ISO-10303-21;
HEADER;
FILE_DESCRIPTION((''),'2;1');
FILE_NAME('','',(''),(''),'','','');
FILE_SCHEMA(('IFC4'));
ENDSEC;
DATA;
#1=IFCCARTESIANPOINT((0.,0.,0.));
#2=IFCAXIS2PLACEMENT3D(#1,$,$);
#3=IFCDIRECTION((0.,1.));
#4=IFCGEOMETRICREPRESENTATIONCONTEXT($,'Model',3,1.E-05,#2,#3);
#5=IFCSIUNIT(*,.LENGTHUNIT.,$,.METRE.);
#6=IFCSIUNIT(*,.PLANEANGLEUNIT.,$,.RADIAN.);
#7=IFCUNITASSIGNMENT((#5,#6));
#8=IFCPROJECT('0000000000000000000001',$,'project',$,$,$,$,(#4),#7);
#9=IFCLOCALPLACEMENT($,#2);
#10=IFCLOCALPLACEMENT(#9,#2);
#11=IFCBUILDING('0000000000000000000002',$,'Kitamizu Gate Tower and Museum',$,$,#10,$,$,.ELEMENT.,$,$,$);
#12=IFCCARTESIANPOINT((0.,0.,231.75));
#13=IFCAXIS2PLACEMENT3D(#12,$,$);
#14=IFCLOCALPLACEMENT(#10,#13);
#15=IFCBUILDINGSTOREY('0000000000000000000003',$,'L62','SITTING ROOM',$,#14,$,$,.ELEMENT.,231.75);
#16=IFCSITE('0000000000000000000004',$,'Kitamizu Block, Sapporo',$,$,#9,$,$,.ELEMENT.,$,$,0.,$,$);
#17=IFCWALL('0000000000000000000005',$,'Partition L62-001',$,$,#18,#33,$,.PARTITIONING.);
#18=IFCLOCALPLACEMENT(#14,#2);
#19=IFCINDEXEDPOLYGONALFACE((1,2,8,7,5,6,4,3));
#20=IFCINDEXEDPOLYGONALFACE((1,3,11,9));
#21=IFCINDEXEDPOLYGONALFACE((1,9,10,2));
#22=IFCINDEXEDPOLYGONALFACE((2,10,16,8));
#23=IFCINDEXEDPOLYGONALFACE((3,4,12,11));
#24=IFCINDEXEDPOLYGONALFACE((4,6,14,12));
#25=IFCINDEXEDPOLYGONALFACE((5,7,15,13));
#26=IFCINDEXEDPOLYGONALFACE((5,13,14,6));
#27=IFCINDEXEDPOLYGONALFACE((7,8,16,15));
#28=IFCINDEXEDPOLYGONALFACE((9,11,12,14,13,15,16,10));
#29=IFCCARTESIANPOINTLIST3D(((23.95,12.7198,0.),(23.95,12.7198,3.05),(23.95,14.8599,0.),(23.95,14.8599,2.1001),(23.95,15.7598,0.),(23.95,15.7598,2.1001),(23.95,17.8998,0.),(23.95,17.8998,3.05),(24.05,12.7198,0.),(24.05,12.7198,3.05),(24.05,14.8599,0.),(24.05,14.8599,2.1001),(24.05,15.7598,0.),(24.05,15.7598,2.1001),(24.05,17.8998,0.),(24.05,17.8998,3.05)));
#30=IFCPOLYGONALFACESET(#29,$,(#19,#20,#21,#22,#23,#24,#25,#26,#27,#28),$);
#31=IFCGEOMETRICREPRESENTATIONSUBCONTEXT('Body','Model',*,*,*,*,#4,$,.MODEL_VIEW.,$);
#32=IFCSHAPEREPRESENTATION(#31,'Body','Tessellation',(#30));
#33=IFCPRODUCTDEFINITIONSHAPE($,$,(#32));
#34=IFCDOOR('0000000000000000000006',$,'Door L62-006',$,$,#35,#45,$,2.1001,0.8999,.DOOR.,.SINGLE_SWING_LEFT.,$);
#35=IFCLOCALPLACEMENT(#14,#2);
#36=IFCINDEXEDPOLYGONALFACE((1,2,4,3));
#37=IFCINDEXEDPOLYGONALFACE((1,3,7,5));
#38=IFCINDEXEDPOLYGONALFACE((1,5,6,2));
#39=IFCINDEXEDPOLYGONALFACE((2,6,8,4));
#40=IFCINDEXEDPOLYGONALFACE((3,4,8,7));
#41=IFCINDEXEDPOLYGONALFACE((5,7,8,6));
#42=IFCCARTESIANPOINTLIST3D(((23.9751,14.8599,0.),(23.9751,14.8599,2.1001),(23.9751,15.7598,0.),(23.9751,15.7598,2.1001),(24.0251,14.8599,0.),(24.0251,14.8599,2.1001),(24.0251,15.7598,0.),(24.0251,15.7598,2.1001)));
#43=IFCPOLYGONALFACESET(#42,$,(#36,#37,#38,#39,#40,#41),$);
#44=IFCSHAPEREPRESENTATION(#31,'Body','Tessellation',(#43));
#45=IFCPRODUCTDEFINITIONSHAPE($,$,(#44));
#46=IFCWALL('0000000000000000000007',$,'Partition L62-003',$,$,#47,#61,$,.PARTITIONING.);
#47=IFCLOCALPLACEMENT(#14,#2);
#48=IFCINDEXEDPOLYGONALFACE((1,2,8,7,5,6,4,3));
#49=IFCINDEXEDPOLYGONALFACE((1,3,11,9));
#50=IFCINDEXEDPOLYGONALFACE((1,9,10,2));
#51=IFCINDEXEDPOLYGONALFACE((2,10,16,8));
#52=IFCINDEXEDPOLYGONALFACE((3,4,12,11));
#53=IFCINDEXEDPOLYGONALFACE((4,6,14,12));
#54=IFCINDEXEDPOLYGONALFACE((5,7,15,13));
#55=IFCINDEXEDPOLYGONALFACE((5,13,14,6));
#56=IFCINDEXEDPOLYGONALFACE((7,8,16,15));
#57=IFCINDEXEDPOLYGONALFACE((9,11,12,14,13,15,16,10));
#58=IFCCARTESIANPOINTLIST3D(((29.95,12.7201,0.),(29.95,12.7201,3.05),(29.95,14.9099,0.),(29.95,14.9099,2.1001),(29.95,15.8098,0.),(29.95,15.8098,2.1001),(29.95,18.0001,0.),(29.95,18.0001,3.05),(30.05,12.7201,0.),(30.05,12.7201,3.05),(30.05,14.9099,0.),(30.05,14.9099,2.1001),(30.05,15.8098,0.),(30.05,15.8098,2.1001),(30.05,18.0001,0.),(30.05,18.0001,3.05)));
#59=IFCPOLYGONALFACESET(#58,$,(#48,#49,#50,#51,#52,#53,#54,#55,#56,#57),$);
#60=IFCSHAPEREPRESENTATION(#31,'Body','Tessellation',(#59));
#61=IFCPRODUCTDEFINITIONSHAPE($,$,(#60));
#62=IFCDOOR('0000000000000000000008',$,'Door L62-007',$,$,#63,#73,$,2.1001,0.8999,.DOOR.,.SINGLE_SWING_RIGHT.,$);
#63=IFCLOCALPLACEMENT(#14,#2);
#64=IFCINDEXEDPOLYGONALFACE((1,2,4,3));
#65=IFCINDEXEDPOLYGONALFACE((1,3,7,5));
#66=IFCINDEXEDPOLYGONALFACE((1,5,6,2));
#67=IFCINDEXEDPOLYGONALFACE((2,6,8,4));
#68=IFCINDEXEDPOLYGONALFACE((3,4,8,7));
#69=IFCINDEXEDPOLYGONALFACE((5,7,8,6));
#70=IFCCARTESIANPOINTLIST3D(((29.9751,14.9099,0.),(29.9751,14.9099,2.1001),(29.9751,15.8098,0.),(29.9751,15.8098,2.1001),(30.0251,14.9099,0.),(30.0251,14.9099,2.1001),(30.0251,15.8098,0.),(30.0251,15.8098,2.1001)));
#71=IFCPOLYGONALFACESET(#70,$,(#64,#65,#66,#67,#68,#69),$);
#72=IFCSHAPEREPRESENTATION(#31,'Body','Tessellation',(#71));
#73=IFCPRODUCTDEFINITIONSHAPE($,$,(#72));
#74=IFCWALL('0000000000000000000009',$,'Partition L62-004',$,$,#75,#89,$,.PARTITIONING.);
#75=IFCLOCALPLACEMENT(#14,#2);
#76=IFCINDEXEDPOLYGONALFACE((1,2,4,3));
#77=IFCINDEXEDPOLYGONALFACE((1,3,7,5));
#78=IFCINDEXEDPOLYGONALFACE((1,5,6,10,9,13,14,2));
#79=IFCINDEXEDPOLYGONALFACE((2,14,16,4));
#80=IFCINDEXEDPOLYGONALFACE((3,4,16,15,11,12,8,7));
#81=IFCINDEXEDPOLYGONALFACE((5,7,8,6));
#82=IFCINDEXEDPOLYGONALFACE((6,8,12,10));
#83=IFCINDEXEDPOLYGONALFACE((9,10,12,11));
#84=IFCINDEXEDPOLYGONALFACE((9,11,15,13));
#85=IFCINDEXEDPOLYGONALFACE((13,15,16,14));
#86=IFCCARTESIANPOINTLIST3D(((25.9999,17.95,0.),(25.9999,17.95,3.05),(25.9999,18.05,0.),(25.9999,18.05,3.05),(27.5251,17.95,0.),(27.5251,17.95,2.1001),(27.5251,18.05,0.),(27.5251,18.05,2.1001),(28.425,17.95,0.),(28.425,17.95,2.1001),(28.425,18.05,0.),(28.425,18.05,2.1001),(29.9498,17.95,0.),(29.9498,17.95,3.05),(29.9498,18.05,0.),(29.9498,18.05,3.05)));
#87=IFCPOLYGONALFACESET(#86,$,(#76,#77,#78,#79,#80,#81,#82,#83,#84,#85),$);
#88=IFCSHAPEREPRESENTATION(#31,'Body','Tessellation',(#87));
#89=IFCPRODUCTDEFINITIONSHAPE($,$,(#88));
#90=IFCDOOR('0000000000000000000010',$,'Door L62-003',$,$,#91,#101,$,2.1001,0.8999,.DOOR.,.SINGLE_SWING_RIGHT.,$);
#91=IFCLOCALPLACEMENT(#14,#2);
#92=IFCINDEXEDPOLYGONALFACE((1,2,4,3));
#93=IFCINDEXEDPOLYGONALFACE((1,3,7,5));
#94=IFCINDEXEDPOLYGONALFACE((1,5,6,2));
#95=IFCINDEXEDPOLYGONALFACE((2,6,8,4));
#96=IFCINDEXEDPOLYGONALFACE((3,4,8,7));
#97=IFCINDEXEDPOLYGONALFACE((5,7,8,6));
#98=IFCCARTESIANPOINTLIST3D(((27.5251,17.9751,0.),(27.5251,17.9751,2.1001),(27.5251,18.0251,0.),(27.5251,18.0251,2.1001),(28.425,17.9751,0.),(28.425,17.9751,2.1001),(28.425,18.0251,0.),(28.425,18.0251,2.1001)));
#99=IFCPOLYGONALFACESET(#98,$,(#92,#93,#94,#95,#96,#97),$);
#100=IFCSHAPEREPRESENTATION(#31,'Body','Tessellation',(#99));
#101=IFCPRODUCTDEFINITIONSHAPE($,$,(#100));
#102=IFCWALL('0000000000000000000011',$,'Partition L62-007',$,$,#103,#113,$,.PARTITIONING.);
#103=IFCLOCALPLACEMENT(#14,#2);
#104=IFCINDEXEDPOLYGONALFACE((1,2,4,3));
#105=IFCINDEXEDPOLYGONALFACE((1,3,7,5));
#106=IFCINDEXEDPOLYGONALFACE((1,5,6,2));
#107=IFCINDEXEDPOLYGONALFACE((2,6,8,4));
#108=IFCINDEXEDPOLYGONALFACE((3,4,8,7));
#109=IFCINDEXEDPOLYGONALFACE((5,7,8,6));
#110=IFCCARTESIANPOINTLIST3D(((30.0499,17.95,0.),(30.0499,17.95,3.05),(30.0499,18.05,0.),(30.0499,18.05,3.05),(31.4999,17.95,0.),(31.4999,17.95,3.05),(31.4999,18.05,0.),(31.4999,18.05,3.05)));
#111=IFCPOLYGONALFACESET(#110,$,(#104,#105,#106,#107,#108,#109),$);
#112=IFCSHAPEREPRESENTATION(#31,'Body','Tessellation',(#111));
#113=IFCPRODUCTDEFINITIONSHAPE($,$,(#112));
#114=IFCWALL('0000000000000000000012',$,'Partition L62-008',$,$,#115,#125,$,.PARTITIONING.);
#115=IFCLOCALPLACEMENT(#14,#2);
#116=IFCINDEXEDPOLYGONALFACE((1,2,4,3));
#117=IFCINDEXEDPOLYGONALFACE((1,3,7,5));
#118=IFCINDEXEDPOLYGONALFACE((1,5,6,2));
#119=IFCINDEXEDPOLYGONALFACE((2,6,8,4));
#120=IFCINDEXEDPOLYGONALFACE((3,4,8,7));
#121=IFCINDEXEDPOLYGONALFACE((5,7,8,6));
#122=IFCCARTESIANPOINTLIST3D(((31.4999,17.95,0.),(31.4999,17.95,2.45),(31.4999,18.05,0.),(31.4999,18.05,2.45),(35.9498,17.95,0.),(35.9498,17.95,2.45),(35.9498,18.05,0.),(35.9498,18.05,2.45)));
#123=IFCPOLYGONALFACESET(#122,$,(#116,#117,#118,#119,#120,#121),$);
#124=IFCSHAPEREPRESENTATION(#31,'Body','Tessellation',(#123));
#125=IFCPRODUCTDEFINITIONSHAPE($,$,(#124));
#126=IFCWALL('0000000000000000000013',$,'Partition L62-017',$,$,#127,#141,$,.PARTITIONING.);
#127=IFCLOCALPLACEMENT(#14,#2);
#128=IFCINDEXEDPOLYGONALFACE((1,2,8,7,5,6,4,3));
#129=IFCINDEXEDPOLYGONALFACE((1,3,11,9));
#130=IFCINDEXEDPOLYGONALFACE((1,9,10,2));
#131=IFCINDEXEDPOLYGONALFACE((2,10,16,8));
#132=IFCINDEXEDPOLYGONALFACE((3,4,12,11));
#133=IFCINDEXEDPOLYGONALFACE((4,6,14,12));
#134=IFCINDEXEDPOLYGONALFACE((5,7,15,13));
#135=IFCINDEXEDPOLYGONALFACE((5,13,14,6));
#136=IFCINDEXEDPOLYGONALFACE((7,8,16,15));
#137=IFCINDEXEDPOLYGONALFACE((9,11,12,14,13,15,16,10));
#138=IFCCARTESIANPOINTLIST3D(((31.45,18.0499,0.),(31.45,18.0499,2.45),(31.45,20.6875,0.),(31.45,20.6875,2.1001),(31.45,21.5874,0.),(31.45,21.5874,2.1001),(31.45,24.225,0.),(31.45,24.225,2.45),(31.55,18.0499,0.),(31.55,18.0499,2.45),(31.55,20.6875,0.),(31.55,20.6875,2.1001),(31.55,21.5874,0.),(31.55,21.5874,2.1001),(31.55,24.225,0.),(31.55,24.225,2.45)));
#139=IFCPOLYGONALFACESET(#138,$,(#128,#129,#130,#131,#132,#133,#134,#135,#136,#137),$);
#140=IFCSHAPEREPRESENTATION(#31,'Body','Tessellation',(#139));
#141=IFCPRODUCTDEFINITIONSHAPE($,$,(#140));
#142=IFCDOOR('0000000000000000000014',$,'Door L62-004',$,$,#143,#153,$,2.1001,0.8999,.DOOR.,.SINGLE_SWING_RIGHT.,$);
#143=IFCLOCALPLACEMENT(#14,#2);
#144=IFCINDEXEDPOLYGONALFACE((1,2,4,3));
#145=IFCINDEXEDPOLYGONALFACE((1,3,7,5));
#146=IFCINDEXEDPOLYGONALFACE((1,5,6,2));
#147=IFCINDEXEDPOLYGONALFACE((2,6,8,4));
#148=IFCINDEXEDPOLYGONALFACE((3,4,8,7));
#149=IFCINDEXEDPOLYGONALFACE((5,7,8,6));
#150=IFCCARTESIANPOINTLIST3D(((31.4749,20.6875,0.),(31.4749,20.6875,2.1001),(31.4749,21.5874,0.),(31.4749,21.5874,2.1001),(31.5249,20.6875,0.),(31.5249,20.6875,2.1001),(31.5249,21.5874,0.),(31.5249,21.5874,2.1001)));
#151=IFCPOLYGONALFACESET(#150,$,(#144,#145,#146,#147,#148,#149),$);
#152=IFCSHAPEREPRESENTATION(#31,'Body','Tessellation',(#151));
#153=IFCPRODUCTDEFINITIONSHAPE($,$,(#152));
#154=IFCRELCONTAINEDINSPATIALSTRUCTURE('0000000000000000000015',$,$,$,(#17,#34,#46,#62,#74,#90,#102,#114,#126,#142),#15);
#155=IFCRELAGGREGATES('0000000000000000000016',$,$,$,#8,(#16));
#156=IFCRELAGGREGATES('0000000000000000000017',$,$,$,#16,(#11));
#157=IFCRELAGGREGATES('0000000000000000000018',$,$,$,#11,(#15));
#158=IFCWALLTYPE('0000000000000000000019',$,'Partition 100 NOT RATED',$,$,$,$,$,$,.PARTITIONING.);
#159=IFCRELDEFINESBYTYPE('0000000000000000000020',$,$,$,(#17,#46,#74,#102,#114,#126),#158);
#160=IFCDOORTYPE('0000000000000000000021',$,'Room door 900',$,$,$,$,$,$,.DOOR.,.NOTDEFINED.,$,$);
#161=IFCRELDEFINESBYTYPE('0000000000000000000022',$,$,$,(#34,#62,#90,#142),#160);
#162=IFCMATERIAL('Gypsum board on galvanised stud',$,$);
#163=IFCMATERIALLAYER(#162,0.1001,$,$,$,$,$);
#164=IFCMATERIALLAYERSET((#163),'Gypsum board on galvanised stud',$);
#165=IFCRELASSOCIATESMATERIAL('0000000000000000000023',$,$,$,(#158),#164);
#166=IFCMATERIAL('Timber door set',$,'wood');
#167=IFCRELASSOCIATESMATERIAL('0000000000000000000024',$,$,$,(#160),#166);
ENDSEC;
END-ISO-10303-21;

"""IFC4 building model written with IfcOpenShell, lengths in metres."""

from ifc_helpers import new_model, si_unit, direction, frame, frame_2d, origin, place, context, subcontext, project, spatial, rectangle, extrude, material, layer, layer_set, type_object, element, fill, save


model = new_model("IFC4")

# Units and contexts
model_context = context("Model", 3, precision=1e-05, world=origin(), true_north=direction((0.0, 1.0)))
body_context = subcontext(model_context, "Body", "Model", "MODEL_VIEW")
ifc_project = project(units=[si_unit("LENGTHUNIT", "METRE"), si_unit("PLANEANGLEUNIT", "RADIAN")], contexts=[model_context])

# Site, building, storey
site_placement = place(None, origin())
site = spatial("IfcSite", under=ifc_project, at=site_placement, Name="Kitamizu Block, Sapporo", CompositionType="ELEMENT", RefElevation=0.0)
building_placement = place(site_placement, origin())
building = spatial("IfcBuilding", under=site, at=building_placement, Name="Kitamizu Gate Tower and Museum", CompositionType="ELEMENT")
storey_placement = place(building_placement, frame((0.0, 0.0, 231.75)))
storey = spatial("IfcBuildingStorey", under=building, at=storey_placement, Name="L62", Description="SITTING ROOM", CompositionType="ELEMENT", Elevation=231.75)

# Walls, openings, doors
ifc_material_1 = material(Name="Gypsum board on galvanised stud")
ifc_layer_1 = layer(ifc_material_1, 0.1001)
ifc_layer_set_1 = layer_set([ifc_layer_1], Name="Gypsum board on galvanised stud")
wall_type_1 = type_object("IfcWallType", Name="Partition 100 NOT RATED", PredefinedType="PARTITIONING", material=ifc_layer_set_1)
wall_1_placement = place(storey_placement, frame((24.0, 12.72, 0.0), z_axis=(0.0, 0.0, 1.0), x_axis=(0.0, 1.0, 0.0)))
wall_1 = element("IfcWall", 1, at=wall_1_placement, inside=storey, type_object=wall_type_1, Name="Partition L62-001", PredefinedType="PARTITIONING", context=body_context, shape_type="SweptSolid", body=[
    extrude(rectangle(XDim=5.1799, YDim=0.1001, at=frame_2d((2.5898, 0.0))), origin(), (0.0, 0.0, 1.0), 3.05),
])
opening_1_placement = place(wall_1_placement, frame((2.1399, 0.0, 0.0)))
opening_1 = element("IfcOpeningElement", 2, at=opening_1_placement, cuts=wall_1, PredefinedType="OPENING", context=body_context, shape_type="SweptSolid", body=[
    extrude(rectangle(XDim=0.8999, YDim=2.1001, at=frame_2d((0.45, 1.05))), frame((0.0, 0.0601, 0.0), z_axis=(0.0, -1.0, 0.0), x_axis=(1.0, 0.0, 0.0)), (0.0, 0.0, 1.0), 0.1201),
])
ifc_material_2 = material(Name="Timber door set", Category="wood")
door_type_1 = type_object("IfcDoorType", Name="Room door 900", OperationType="NOTDEFINED", PredefinedType="DOOR", material=ifc_material_2)
door_1_placement = place(opening_1_placement, origin())
door_1 = element("IfcDoor", 3, at=door_1_placement, inside=storey, type_object=door_type_1, Name="Door L62-006", OperationType="SINGLE_SWING_LEFT", OverallHeight=2.1001, OverallWidth=0.8999, PredefinedType="DOOR", context=body_context, shape_type="SweptSolid", body=[
    extrude(rectangle(XDim=0.8999, YDim=2.1001, at=frame_2d((0.45, 1.05))), frame((0.0, 0.0249, 0.0), z_axis=(0.0, -1.0, 0.0), x_axis=(1.0, 0.0, 0.0)), (0.0, 0.0, 1.0), 0.05),
])
fill(opening_1, door_1)
wall_2_placement = place(storey_placement, frame((30.0, 12.72, 0.0), z_axis=(0.0, 0.0, 1.0), x_axis=(0.0, 1.0, 0.0)))
wall_2 = element("IfcWall", 4, at=wall_2_placement, inside=storey, type_object=wall_type_1, Name="Partition L62-003", PredefinedType="PARTITIONING", context=body_context, shape_type="SweptSolid", body=[
    extrude(rectangle(XDim=5.28, YDim=0.1001, at=frame_2d((2.6401, 0.0))), origin(), (0.0, 0.0, 1.0), 3.05),
])
opening_2_placement = place(wall_2_placement, frame((2.1899, 0.0, 0.0)))
opening_2 = element("IfcOpeningElement", 5, at=opening_2_placement, cuts=wall_2, PredefinedType="OPENING", context=body_context, shape_type="SweptSolid", body=[
    extrude(rectangle(XDim=0.8999, YDim=2.1001, at=frame_2d((0.45, 1.05))), frame((0.0, 0.0601, 0.0), z_axis=(0.0, -1.0, 0.0), x_axis=(1.0, 0.0, 0.0)), (0.0, 0.0, 1.0), 0.1201),
])
door_2_placement = place(opening_2_placement, origin())
door_2 = element("IfcDoor", 6, at=door_2_placement, inside=storey, type_object=door_type_1, Name="Door L62-007", OperationType="SINGLE_SWING_RIGHT", OverallHeight=2.1001, OverallWidth=0.8999, PredefinedType="DOOR", context=body_context, shape_type="SweptSolid", body=[
    extrude(rectangle(XDim=0.8999, YDim=2.1001, at=frame_2d((0.45, 1.05))), frame((0.0, 0.0249, 0.0), z_axis=(0.0, -1.0, 0.0), x_axis=(1.0, 0.0, 0.0)), (0.0, 0.0, 1.0), 0.05),
])
fill(opening_2, door_2)
wall_3_placement = place(storey_placement, frame((29.95, 18.0, 0.0), z_axis=(0.0, 0.0, 1.0), x_axis=(-1.0, 0.0, 0.0)))
wall_3 = element("IfcWall", 7, at=wall_3_placement, inside=storey, type_object=wall_type_1, Name="Partition L62-004", PredefinedType="PARTITIONING", context=body_context, shape_type="SweptSolid", body=[
    extrude(rectangle(XDim=3.95, YDim=0.1001, at=frame_2d((1.9751, 0.0))), origin(), (0.0, 0.0, 1.0), 3.05),
])
opening_3_placement = place(wall_3_placement, frame((1.5249, 0.0, 0.0)))
opening_3 = element("IfcOpeningElement", 8, at=opening_3_placement, cuts=wall_3, PredefinedType="OPENING", context=body_context, shape_type="SweptSolid", body=[
    extrude(rectangle(XDim=0.8999, YDim=2.1001, at=frame_2d((0.45, 1.05))), frame((0.0, 0.0601, 0.0), z_axis=(0.0, -1.0, 0.0), x_axis=(1.0, 0.0, 0.0)), (0.0, 0.0, 1.0), 0.1201),
])
door_3_placement = place(opening_3_placement, origin())
door_3 = element("IfcDoor", 9, at=door_3_placement, inside=storey, type_object=door_type_1, Name="Door L62-003", OperationType="SINGLE_SWING_RIGHT", OverallHeight=2.1001, OverallWidth=0.8999, PredefinedType="DOOR", context=body_context, shape_type="SweptSolid", body=[
    extrude(rectangle(XDim=0.8999, YDim=2.1001, at=frame_2d((0.45, 1.05))), frame((0.0, 0.0249, 0.0), z_axis=(0.0, -1.0, 0.0), x_axis=(1.0, 0.0, 0.0)), (0.0, 0.0, 1.0), 0.05),
])
fill(opening_3, door_3)

# Walls
wall_4_placement = place(storey_placement, frame((31.5, 18.0, 0.0), z_axis=(0.0, 0.0, 1.0), x_axis=(-1.0, 0.0, 0.0)))
element("IfcWall", 10, at=wall_4_placement, inside=storey, type_object=wall_type_1, Name="Partition L62-007", PredefinedType="PARTITIONING", context=body_context, shape_type="SweptSolid", body=[
    extrude(rectangle(XDim=1.45, YDim=0.1001, at=frame_2d((0.7251, 0.0))), origin(), (0.0, 0.0, 1.0), 3.05),
])
wall_5_placement = place(storey_placement, frame((35.95, 18.0, 0.0), z_axis=(0.0, 0.0, 1.0), x_axis=(-1.0, 0.0, 0.0)))
element("IfcWall", 11, at=wall_5_placement, inside=storey, type_object=wall_type_1, Name="Partition L62-008", PredefinedType="PARTITIONING", context=body_context, shape_type="SweptSolid", body=[
    extrude(rectangle(XDim=4.45, YDim=0.1001, at=frame_2d((2.2251, 0.0))), origin(), (0.0, 0.0, 1.0), 2.45),
])

# Wall, opening, door
wall_6_placement = place(storey_placement, frame((31.5, 18.05, 0.0), z_axis=(0.0, 0.0, 1.0), x_axis=(0.0, 1.0, 0.0)))
wall_6 = element("IfcWall", 12, at=wall_6_placement, inside=storey, type_object=wall_type_1, Name="Partition L62-017", PredefinedType="PARTITIONING", context=body_context, shape_type="SweptSolid", body=[
    extrude(rectangle(XDim=6.175, YDim=0.1001, at=frame_2d((3.0874, 0.0))), origin(), (0.0, 0.0, 1.0), 2.45),
])
opening_4_placement = place(wall_6_placement, frame((2.6375, 0.0, 0.0)))
opening_4 = element("IfcOpeningElement", 13, at=opening_4_placement, cuts=wall_6, PredefinedType="OPENING", context=body_context, shape_type="SweptSolid", body=[
    extrude(rectangle(XDim=0.8999, YDim=2.1001, at=frame_2d((0.45, 1.05))), frame((0.0, 0.0601, 0.0), z_axis=(0.0, -1.0, 0.0), x_axis=(1.0, 0.0, 0.0)), (0.0, 0.0, 1.0), 0.1201),
])
door_4_placement = place(opening_4_placement, frame((0.8999, 0.0, 0.0), x_axis=(-1.0, 0.0, 0.0)))
door_4 = element("IfcDoor", 14, at=door_4_placement, inside=storey, type_object=door_type_1, Name="Door L62-004", OperationType="SINGLE_SWING_RIGHT", OverallHeight=2.1001, OverallWidth=0.8999, PredefinedType="DOOR", context=body_context, shape_type="SweptSolid", body=[
    extrude(rectangle(XDim=0.8999, YDim=2.1001, at=frame_2d((0.45, 1.05))), frame((0.0, 0.0249, 0.0), z_axis=(0.0, -1.0, 0.0), x_axis=(1.0, 0.0, 0.0)), (0.0, 0.0, 1.0), 0.05),
])
fill(opening_4, door_4)

save(model, "model.ifc")
